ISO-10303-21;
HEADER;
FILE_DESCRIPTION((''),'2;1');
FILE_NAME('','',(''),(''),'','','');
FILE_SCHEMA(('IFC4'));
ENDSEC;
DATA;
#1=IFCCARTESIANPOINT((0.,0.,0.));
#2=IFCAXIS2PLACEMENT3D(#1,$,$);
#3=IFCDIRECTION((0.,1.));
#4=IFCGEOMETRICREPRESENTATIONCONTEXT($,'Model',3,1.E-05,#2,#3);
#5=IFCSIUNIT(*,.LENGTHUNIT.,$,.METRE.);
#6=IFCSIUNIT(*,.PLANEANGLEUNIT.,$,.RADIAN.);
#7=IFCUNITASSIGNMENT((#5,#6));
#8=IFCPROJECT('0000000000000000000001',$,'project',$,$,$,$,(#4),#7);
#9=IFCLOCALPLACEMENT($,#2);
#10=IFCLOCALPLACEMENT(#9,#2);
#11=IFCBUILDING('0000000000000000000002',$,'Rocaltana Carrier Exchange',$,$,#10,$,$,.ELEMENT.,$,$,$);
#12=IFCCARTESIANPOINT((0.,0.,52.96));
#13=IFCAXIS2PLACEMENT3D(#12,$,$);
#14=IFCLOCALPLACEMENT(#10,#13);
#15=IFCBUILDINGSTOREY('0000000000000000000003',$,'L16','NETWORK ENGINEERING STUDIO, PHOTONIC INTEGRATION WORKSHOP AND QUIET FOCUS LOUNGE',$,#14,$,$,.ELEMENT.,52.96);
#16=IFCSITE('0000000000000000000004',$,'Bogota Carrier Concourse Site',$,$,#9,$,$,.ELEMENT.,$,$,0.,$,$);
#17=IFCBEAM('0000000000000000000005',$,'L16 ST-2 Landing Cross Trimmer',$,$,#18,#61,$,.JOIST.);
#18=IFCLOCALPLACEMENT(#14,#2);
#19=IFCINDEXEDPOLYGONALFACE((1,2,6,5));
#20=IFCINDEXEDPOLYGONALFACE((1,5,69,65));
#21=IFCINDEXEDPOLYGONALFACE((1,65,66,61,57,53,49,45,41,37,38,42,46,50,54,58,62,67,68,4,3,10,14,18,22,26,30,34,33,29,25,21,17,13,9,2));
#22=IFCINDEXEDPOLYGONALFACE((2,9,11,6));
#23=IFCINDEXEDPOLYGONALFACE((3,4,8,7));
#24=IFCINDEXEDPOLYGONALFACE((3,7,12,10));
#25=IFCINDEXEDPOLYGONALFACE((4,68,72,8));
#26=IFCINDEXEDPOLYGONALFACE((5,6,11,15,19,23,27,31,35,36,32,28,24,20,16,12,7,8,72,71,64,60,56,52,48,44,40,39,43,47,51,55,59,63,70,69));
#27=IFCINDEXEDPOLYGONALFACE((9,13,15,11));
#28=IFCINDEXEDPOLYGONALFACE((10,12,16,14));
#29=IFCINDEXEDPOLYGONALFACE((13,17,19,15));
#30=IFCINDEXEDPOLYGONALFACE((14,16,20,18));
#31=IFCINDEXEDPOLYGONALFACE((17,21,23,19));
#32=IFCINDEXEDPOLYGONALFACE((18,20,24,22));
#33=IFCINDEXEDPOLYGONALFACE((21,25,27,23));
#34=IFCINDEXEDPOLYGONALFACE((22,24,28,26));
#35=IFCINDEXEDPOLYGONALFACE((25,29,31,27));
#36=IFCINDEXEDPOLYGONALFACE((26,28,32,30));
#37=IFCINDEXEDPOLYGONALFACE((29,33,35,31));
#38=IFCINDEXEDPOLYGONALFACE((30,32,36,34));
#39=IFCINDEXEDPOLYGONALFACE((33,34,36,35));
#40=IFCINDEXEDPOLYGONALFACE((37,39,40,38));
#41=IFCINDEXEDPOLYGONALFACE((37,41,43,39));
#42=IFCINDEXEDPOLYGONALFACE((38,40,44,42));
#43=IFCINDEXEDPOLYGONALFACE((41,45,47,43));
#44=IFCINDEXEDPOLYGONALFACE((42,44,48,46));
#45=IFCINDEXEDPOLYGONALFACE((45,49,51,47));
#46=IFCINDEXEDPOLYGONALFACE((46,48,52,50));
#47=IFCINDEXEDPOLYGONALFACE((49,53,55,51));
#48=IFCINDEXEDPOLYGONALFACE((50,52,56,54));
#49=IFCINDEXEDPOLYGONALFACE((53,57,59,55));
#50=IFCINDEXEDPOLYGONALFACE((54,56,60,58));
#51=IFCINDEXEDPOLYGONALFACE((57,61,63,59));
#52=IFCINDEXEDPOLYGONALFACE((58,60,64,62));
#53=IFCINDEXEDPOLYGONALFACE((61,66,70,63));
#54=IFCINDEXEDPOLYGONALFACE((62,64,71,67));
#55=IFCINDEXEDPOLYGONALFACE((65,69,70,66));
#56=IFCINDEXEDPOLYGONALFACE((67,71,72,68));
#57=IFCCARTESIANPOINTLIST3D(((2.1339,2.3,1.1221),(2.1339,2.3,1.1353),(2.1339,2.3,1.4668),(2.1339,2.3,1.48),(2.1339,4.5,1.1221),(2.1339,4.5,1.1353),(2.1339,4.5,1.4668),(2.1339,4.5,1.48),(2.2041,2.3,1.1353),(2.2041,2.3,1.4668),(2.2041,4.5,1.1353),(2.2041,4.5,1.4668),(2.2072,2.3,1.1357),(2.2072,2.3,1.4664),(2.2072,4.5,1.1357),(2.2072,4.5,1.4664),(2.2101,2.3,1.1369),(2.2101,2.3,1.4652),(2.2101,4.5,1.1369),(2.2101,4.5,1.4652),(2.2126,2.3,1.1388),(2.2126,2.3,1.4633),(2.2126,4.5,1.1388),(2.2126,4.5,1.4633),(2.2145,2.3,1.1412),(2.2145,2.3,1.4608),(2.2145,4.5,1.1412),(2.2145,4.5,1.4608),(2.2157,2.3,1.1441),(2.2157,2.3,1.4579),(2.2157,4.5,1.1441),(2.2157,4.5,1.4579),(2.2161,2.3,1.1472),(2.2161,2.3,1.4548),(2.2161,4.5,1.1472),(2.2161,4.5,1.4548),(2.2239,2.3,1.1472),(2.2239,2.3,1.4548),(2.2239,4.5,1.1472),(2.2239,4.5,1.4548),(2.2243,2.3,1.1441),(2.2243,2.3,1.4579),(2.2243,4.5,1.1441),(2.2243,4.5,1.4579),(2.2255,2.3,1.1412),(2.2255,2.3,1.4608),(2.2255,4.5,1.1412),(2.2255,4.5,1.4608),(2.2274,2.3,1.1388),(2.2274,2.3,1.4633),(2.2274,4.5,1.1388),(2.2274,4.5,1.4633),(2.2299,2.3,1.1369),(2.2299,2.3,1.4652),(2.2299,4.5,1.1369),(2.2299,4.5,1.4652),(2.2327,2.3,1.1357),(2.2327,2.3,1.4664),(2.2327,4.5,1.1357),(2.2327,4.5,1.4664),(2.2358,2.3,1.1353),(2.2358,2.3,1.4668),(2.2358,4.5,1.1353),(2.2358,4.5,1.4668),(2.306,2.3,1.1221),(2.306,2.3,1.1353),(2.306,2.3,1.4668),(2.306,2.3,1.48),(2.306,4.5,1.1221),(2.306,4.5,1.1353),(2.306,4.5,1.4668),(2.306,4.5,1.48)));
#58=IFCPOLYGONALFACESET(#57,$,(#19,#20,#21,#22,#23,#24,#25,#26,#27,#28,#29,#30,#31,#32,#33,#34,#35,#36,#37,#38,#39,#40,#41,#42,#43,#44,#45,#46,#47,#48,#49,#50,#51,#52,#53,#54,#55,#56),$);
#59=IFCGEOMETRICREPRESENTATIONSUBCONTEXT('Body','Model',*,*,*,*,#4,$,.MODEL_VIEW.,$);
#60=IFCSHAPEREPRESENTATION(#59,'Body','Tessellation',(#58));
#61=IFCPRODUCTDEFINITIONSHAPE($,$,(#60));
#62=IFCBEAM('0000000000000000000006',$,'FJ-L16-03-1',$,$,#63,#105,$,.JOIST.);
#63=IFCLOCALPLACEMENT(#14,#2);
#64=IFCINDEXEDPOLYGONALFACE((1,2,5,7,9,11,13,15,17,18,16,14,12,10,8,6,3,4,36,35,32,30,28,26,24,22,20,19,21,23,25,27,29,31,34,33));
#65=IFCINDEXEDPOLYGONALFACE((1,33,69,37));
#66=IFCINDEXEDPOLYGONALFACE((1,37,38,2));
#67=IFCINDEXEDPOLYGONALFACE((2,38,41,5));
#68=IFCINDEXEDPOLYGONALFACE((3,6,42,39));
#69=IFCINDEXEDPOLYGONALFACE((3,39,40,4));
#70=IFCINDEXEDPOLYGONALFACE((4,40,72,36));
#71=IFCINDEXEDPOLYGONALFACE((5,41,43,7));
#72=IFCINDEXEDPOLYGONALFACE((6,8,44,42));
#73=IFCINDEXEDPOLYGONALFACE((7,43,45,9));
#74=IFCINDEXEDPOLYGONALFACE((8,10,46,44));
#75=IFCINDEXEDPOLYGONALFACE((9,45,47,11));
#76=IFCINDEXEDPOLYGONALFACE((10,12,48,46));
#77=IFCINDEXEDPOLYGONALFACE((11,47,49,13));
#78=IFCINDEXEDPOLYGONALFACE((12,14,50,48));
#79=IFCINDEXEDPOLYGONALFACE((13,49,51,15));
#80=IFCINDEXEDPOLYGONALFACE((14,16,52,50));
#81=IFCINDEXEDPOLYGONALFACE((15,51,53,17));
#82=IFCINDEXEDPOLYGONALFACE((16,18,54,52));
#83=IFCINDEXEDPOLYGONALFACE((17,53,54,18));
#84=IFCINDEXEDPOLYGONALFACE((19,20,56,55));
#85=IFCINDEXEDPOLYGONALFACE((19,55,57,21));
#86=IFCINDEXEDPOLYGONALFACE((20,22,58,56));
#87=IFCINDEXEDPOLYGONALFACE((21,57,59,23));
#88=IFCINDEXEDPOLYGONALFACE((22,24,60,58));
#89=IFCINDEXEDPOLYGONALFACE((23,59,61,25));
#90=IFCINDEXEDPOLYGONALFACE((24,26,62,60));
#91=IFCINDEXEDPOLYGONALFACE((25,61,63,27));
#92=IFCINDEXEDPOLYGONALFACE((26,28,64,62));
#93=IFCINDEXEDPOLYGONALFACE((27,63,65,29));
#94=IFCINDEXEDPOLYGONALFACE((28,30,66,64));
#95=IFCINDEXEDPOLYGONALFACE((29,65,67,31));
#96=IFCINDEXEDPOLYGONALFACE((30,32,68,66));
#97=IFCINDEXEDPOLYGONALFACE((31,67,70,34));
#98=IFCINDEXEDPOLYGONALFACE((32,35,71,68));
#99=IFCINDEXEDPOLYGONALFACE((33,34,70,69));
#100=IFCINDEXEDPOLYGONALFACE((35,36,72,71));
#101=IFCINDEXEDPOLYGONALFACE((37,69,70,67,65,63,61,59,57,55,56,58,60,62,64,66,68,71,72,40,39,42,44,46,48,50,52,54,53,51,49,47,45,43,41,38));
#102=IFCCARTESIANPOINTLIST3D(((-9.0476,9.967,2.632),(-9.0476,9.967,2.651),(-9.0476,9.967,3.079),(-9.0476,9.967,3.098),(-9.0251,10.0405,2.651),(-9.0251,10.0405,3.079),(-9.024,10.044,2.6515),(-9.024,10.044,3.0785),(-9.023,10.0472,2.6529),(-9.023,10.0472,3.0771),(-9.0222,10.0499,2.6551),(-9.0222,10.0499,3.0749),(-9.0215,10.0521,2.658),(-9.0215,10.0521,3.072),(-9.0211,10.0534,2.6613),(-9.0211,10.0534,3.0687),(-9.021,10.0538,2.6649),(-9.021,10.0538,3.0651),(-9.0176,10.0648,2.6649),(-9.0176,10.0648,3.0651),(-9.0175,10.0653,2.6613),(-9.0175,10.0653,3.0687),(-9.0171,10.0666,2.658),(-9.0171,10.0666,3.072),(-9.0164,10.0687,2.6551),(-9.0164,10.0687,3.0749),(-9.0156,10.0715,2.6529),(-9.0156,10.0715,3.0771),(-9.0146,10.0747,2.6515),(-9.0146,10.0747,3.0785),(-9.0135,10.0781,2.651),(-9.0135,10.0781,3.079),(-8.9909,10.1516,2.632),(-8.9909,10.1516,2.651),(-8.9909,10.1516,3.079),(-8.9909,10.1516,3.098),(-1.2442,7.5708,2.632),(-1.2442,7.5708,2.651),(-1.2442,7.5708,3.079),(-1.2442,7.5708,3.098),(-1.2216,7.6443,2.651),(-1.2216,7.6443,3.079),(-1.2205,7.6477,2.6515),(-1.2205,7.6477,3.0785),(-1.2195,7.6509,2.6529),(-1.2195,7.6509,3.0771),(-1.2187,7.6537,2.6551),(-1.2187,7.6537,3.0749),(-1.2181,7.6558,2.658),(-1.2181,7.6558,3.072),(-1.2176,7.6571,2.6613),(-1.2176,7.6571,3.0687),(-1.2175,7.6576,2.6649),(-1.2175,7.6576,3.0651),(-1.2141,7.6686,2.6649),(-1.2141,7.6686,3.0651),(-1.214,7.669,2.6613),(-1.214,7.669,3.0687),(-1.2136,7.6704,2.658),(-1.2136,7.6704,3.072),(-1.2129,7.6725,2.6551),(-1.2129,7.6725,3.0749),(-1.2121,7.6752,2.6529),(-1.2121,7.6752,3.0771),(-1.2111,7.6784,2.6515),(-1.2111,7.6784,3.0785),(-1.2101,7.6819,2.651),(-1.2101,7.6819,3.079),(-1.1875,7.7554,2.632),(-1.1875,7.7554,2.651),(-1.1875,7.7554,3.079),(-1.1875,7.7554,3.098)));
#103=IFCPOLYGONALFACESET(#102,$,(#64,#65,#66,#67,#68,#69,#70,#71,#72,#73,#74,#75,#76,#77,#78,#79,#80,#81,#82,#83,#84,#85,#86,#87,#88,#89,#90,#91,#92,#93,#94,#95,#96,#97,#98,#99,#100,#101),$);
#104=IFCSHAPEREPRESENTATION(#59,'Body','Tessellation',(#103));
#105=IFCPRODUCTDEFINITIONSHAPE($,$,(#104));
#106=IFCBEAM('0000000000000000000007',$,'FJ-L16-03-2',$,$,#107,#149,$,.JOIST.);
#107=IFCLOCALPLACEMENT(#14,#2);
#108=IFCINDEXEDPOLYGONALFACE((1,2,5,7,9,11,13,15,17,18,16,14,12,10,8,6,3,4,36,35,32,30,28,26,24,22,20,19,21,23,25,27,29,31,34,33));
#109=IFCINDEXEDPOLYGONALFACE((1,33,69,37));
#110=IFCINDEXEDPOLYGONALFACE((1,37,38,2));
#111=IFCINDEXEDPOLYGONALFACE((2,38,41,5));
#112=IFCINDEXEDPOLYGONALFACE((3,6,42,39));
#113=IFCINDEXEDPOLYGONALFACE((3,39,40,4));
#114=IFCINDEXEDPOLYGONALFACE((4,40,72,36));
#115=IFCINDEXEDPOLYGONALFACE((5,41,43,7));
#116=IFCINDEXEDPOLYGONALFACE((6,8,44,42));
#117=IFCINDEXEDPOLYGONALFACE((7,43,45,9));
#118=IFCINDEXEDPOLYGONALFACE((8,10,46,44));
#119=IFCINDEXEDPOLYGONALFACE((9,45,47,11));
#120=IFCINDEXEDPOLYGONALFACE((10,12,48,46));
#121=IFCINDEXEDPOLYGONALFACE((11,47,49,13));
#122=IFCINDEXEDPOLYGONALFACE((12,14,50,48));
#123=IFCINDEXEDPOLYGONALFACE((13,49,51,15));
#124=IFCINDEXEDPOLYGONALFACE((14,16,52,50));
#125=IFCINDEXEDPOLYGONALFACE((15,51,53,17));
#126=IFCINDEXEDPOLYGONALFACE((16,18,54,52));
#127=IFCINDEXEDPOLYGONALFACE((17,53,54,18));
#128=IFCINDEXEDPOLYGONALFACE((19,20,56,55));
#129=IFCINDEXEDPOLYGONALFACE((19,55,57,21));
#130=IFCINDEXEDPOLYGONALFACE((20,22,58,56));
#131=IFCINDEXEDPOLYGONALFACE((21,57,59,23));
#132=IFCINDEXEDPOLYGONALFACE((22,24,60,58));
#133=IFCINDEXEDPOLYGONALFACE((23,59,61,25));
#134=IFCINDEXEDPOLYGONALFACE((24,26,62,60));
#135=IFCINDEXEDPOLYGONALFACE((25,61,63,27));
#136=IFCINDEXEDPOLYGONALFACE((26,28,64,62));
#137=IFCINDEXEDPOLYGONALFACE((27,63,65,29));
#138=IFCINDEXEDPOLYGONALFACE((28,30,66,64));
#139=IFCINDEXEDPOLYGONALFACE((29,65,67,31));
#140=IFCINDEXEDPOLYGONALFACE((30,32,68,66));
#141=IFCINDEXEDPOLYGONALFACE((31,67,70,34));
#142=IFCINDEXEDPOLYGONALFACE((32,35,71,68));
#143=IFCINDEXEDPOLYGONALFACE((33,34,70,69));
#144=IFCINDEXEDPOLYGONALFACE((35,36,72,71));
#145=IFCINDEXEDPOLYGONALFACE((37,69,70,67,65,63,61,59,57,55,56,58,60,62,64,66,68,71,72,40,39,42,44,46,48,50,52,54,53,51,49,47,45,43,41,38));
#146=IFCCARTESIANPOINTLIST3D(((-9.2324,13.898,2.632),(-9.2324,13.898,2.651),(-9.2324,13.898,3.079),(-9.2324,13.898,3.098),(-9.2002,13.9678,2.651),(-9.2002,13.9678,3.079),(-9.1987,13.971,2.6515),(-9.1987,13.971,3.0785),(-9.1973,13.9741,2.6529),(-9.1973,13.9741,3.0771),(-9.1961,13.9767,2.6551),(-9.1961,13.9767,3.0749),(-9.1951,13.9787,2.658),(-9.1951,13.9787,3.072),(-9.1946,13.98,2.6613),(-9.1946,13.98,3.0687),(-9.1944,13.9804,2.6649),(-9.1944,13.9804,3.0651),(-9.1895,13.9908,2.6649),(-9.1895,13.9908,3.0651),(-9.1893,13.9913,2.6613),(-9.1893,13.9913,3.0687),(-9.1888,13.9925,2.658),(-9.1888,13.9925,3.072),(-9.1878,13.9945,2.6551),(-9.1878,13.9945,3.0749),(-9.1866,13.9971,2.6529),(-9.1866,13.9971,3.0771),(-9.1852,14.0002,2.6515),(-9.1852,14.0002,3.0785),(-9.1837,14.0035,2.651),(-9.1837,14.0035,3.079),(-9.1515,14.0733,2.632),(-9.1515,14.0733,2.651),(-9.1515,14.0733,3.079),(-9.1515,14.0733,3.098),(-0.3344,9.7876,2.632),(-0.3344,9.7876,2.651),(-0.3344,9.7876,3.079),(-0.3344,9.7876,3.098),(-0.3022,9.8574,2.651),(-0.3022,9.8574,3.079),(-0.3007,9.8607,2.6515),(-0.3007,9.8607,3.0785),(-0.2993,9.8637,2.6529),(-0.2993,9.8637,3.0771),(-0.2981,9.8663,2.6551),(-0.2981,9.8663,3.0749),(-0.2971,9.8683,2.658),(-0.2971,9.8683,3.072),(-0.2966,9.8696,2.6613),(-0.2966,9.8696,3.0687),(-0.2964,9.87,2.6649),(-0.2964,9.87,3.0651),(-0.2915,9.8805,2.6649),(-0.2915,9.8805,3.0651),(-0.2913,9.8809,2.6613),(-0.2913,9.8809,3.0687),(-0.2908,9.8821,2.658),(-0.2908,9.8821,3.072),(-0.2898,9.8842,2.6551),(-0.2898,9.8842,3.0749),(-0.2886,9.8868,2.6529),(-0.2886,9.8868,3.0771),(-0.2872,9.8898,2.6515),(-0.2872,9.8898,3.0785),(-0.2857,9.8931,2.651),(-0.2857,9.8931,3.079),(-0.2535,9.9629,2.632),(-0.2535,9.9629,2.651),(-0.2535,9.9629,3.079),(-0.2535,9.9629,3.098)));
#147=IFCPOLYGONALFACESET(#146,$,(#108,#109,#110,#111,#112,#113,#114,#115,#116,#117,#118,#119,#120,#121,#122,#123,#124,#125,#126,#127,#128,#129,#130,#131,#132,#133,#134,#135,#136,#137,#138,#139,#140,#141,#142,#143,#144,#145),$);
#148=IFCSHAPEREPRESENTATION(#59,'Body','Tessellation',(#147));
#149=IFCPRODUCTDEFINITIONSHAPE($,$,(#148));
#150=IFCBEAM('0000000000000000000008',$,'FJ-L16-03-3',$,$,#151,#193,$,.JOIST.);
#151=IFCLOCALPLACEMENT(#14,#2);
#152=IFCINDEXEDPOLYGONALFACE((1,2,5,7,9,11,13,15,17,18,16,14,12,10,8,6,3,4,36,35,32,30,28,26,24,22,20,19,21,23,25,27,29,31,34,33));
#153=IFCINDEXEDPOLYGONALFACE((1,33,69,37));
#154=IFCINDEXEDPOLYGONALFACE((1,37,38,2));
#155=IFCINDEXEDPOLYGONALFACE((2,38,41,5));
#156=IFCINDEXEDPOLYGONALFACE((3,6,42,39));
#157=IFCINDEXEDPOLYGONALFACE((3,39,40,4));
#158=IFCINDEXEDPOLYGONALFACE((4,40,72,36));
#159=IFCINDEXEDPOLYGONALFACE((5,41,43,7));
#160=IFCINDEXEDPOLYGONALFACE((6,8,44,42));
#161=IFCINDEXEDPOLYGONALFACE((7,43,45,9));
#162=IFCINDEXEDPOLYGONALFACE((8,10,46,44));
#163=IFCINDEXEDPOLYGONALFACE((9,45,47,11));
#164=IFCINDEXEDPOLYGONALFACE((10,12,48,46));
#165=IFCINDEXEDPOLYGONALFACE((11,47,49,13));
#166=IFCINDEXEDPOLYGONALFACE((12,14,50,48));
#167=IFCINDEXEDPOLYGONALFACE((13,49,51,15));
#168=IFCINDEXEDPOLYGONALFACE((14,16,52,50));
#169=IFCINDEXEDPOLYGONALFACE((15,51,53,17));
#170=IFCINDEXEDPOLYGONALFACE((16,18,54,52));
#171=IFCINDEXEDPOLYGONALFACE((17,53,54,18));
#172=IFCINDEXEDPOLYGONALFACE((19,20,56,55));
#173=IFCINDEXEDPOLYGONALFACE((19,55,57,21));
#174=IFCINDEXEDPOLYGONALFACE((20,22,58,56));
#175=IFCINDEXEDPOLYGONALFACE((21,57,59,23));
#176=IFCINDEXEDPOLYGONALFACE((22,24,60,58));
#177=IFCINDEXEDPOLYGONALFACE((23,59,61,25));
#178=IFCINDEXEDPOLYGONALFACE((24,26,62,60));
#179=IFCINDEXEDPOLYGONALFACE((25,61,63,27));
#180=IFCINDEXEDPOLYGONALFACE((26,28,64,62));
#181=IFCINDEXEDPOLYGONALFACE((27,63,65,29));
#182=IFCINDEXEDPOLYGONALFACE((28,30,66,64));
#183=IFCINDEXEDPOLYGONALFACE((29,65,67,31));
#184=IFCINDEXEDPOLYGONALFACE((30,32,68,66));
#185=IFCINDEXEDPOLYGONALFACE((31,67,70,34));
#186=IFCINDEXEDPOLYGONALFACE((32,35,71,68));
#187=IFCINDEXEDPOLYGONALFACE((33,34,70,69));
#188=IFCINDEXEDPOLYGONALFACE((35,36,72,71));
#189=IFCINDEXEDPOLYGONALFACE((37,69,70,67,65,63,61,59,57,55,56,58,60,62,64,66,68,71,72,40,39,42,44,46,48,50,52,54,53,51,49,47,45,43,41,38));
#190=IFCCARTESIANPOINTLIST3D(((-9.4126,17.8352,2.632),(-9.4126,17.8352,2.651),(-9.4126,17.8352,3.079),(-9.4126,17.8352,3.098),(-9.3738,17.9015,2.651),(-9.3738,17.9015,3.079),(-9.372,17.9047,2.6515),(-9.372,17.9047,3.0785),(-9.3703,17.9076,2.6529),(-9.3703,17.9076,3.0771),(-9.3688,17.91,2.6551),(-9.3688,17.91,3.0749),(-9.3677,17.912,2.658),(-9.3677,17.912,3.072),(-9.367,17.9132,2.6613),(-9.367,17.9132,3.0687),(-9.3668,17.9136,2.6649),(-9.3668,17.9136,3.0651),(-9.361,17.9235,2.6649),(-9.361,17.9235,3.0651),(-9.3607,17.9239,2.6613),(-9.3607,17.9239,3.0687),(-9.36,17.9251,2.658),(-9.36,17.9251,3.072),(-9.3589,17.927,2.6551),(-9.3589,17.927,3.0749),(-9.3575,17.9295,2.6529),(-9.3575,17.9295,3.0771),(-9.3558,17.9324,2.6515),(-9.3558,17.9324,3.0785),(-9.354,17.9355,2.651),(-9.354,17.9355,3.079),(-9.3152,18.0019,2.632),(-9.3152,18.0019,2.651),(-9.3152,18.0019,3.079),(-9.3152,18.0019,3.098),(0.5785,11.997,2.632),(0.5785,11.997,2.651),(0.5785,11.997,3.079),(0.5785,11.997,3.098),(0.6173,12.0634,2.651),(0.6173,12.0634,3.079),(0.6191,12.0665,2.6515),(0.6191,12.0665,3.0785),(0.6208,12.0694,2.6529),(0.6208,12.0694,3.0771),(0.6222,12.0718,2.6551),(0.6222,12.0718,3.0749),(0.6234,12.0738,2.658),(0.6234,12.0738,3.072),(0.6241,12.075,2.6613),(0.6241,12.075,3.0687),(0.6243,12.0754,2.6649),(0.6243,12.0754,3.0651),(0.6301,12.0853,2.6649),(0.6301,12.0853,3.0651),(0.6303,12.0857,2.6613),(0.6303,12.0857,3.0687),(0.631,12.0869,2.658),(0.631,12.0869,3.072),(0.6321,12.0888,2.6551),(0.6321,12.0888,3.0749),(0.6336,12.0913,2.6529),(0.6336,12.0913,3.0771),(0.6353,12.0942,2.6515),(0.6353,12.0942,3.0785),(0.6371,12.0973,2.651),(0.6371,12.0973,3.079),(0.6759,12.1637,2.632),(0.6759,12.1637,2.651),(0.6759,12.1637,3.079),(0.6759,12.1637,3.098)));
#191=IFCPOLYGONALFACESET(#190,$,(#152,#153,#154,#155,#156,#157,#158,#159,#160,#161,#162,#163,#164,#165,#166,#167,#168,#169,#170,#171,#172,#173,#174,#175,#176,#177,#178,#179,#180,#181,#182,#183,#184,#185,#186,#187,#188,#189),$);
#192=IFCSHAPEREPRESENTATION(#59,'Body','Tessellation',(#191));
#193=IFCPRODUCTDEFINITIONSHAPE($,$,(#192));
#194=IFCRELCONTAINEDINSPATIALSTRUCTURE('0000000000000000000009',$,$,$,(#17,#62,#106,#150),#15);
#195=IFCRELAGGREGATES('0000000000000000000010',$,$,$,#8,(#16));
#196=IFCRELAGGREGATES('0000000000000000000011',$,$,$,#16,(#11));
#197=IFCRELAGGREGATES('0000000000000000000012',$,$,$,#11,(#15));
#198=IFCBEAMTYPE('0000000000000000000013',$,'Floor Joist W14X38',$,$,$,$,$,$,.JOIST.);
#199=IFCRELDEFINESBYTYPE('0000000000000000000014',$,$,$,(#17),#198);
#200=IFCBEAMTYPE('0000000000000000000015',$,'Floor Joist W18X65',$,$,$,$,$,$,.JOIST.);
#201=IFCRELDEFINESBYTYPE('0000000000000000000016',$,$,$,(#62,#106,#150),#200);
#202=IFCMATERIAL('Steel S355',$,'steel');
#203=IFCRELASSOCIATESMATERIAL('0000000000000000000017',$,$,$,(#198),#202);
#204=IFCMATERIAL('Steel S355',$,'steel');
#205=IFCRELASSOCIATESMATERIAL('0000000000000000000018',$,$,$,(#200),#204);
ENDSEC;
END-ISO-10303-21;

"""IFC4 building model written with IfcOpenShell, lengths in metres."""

from ifc_helpers import new_model, si_unit, direction, frame, origin, origin_2d, place, context, subcontext, project, spatial, i_section, extrude, material, material_profile, profile_set, type_object, element, save


model = new_model("IFC4")

# Units and contexts
model_context = context("Model", 3, precision=1e-05, world=origin(), true_north=direction((0.0, 1.0)))
body_context = subcontext(model_context, "Body", "Model", "MODEL_VIEW")
ifc_project = project(units=[si_unit("LENGTHUNIT", "METRE"), si_unit("PLANEANGLEUNIT", "RADIAN")], contexts=[model_context])

# Site, building, storey
site_placement = place(None, origin())
site = spatial("IfcSite", under=ifc_project, at=site_placement, Name="Bogota Carrier Concourse Site", CompositionType="ELEMENT", RefElevation=0.0)
building_placement = place(site_placement, origin())
building = spatial("IfcBuilding", under=site, at=building_placement, Name="Rocaltana Carrier Exchange", CompositionType="ELEMENT")
storey_placement = place(building_placement, frame((0.0, 0.0, 52.96)))
storey = spatial("IfcBuildingStorey", under=building, at=storey_placement, Name="L16", Description="NETWORK ENGINEERING STUDIO, PHOTONIC INTEGRATION WORKSHOP AND QUIET FOCUS LOUNGE", CompositionType="ELEMENT", Elevation=52.96)

# Beams
ifc_material_1 = material(Name="Steel S355", Category="steel")
ifc_material_profile_1 = material_profile(ifc_material_1, i_section(OverallWidth=0.1721, OverallDepth=0.3579, WebThickness=0.0078, FlangeThickness=0.0132, FilletRadius=0.012, at=origin_2d()), Name="W14X38")
ifc_profile_set_1 = profile_set([ifc_material_profile_1], Name="Steel S355")
beam_type_1 = type_object("IfcBeamType", Name="Floor Joist W14X38", PredefinedType="JOIST", material=ifc_profile_set_1)
beam_1_placement = place(storey_placement, frame((2.22, 2.3, 1.301), z_axis=(0.0, 1.0, 0.0), x_axis=(-1.0, 0.0, 0.0)))
element("IfcBeam", 1, at=beam_1_placement, inside=storey, type_object=beam_type_1, Name="L16 ST-2 Landing Cross Trimmer", PredefinedType="JOIST", context=body_context, shape_type="SweptSolid", body=[
    extrude(i_section(OverallWidth=0.1721, OverallDepth=0.3579, WebThickness=0.0078, FlangeThickness=0.0132, FilletRadius=0.012, at=origin_2d()), origin(), (0.0, 0.0, 1.0), 2.2),
])
ifc_material_2 = material(Name="Steel S355", Category="steel")
ifc_material_profile_2 = material_profile(ifc_material_2, i_section(OverallWidth=0.1931, OverallDepth=0.4661, WebThickness=0.0115, FlangeThickness=0.019, FilletRadius=0.0139, at=origin_2d()), Name="W18X65")
ifc_profile_set_2 = profile_set([ifc_material_profile_2], Name="Steel S355")
beam_type_2 = type_object("IfcBeamType", Name="Floor Joist W18X65", PredefinedType="JOIST", material=ifc_profile_set_2)
beam_2_placement = place(storey_placement, frame((-1.2158, 7.6631, 2.865), z_axis=(-0.955945, 0.293546, 0.0), x_axis=(-0.293546, -0.955945, 0.0)))
element("IfcBeam", 2, at=beam_2_placement, inside=storey, type_object=beam_type_2, Name="FJ-L16-03-1", PredefinedType="JOIST", context=body_context, shape_type="SweptSolid", body=[
    extrude(i_section(OverallWidth=0.1931, OverallDepth=0.4661, WebThickness=0.0115, FlangeThickness=0.019, FilletRadius=0.0139, at=origin_2d()), origin(), (0.0, 0.0, 1.0), 8.1631),
])
beam_3_placement = place(storey_placement, frame((-0.2939, 9.8752, 2.865), z_axis=(-0.907819, 0.419361, 0.0), x_axis=(-0.419361, -0.907819, 0.0)))
element("IfcBeam", 3, at=beam_3_placement, inside=storey, type_object=beam_type_2, Name="FJ-L16-03-2", PredefinedType="JOIST", context=body_context, shape_type="SweptSolid", body=[
    extrude(i_section(OverallWidth=0.1931, OverallDepth=0.4661, WebThickness=0.0115, FlangeThickness=0.019, FilletRadius=0.0139, at=origin_2d()), origin(), (0.0, 0.0, 1.0), 9.8015),
])
beam_4_placement = place(storey_placement, frame((0.6272, 12.0803, 2.865), z_axis=(-0.8634, 0.50452, 0.0), x_axis=(-0.50452, -0.8634, 0.0)))
element("IfcBeam", 4, at=beam_4_placement, inside=storey, type_object=beam_type_2, Name="FJ-L16-03-3", PredefinedType="JOIST", context=body_context, shape_type="SweptSolid", body=[
    extrude(i_section(OverallWidth=0.1931, OverallDepth=0.4661, WebThickness=0.0115, FlangeThickness=0.019, FilletRadius=0.0139, at=origin_2d()), origin(), (0.0, 0.0, 1.0), 11.5718),
])

save(model, "model.ifc")
